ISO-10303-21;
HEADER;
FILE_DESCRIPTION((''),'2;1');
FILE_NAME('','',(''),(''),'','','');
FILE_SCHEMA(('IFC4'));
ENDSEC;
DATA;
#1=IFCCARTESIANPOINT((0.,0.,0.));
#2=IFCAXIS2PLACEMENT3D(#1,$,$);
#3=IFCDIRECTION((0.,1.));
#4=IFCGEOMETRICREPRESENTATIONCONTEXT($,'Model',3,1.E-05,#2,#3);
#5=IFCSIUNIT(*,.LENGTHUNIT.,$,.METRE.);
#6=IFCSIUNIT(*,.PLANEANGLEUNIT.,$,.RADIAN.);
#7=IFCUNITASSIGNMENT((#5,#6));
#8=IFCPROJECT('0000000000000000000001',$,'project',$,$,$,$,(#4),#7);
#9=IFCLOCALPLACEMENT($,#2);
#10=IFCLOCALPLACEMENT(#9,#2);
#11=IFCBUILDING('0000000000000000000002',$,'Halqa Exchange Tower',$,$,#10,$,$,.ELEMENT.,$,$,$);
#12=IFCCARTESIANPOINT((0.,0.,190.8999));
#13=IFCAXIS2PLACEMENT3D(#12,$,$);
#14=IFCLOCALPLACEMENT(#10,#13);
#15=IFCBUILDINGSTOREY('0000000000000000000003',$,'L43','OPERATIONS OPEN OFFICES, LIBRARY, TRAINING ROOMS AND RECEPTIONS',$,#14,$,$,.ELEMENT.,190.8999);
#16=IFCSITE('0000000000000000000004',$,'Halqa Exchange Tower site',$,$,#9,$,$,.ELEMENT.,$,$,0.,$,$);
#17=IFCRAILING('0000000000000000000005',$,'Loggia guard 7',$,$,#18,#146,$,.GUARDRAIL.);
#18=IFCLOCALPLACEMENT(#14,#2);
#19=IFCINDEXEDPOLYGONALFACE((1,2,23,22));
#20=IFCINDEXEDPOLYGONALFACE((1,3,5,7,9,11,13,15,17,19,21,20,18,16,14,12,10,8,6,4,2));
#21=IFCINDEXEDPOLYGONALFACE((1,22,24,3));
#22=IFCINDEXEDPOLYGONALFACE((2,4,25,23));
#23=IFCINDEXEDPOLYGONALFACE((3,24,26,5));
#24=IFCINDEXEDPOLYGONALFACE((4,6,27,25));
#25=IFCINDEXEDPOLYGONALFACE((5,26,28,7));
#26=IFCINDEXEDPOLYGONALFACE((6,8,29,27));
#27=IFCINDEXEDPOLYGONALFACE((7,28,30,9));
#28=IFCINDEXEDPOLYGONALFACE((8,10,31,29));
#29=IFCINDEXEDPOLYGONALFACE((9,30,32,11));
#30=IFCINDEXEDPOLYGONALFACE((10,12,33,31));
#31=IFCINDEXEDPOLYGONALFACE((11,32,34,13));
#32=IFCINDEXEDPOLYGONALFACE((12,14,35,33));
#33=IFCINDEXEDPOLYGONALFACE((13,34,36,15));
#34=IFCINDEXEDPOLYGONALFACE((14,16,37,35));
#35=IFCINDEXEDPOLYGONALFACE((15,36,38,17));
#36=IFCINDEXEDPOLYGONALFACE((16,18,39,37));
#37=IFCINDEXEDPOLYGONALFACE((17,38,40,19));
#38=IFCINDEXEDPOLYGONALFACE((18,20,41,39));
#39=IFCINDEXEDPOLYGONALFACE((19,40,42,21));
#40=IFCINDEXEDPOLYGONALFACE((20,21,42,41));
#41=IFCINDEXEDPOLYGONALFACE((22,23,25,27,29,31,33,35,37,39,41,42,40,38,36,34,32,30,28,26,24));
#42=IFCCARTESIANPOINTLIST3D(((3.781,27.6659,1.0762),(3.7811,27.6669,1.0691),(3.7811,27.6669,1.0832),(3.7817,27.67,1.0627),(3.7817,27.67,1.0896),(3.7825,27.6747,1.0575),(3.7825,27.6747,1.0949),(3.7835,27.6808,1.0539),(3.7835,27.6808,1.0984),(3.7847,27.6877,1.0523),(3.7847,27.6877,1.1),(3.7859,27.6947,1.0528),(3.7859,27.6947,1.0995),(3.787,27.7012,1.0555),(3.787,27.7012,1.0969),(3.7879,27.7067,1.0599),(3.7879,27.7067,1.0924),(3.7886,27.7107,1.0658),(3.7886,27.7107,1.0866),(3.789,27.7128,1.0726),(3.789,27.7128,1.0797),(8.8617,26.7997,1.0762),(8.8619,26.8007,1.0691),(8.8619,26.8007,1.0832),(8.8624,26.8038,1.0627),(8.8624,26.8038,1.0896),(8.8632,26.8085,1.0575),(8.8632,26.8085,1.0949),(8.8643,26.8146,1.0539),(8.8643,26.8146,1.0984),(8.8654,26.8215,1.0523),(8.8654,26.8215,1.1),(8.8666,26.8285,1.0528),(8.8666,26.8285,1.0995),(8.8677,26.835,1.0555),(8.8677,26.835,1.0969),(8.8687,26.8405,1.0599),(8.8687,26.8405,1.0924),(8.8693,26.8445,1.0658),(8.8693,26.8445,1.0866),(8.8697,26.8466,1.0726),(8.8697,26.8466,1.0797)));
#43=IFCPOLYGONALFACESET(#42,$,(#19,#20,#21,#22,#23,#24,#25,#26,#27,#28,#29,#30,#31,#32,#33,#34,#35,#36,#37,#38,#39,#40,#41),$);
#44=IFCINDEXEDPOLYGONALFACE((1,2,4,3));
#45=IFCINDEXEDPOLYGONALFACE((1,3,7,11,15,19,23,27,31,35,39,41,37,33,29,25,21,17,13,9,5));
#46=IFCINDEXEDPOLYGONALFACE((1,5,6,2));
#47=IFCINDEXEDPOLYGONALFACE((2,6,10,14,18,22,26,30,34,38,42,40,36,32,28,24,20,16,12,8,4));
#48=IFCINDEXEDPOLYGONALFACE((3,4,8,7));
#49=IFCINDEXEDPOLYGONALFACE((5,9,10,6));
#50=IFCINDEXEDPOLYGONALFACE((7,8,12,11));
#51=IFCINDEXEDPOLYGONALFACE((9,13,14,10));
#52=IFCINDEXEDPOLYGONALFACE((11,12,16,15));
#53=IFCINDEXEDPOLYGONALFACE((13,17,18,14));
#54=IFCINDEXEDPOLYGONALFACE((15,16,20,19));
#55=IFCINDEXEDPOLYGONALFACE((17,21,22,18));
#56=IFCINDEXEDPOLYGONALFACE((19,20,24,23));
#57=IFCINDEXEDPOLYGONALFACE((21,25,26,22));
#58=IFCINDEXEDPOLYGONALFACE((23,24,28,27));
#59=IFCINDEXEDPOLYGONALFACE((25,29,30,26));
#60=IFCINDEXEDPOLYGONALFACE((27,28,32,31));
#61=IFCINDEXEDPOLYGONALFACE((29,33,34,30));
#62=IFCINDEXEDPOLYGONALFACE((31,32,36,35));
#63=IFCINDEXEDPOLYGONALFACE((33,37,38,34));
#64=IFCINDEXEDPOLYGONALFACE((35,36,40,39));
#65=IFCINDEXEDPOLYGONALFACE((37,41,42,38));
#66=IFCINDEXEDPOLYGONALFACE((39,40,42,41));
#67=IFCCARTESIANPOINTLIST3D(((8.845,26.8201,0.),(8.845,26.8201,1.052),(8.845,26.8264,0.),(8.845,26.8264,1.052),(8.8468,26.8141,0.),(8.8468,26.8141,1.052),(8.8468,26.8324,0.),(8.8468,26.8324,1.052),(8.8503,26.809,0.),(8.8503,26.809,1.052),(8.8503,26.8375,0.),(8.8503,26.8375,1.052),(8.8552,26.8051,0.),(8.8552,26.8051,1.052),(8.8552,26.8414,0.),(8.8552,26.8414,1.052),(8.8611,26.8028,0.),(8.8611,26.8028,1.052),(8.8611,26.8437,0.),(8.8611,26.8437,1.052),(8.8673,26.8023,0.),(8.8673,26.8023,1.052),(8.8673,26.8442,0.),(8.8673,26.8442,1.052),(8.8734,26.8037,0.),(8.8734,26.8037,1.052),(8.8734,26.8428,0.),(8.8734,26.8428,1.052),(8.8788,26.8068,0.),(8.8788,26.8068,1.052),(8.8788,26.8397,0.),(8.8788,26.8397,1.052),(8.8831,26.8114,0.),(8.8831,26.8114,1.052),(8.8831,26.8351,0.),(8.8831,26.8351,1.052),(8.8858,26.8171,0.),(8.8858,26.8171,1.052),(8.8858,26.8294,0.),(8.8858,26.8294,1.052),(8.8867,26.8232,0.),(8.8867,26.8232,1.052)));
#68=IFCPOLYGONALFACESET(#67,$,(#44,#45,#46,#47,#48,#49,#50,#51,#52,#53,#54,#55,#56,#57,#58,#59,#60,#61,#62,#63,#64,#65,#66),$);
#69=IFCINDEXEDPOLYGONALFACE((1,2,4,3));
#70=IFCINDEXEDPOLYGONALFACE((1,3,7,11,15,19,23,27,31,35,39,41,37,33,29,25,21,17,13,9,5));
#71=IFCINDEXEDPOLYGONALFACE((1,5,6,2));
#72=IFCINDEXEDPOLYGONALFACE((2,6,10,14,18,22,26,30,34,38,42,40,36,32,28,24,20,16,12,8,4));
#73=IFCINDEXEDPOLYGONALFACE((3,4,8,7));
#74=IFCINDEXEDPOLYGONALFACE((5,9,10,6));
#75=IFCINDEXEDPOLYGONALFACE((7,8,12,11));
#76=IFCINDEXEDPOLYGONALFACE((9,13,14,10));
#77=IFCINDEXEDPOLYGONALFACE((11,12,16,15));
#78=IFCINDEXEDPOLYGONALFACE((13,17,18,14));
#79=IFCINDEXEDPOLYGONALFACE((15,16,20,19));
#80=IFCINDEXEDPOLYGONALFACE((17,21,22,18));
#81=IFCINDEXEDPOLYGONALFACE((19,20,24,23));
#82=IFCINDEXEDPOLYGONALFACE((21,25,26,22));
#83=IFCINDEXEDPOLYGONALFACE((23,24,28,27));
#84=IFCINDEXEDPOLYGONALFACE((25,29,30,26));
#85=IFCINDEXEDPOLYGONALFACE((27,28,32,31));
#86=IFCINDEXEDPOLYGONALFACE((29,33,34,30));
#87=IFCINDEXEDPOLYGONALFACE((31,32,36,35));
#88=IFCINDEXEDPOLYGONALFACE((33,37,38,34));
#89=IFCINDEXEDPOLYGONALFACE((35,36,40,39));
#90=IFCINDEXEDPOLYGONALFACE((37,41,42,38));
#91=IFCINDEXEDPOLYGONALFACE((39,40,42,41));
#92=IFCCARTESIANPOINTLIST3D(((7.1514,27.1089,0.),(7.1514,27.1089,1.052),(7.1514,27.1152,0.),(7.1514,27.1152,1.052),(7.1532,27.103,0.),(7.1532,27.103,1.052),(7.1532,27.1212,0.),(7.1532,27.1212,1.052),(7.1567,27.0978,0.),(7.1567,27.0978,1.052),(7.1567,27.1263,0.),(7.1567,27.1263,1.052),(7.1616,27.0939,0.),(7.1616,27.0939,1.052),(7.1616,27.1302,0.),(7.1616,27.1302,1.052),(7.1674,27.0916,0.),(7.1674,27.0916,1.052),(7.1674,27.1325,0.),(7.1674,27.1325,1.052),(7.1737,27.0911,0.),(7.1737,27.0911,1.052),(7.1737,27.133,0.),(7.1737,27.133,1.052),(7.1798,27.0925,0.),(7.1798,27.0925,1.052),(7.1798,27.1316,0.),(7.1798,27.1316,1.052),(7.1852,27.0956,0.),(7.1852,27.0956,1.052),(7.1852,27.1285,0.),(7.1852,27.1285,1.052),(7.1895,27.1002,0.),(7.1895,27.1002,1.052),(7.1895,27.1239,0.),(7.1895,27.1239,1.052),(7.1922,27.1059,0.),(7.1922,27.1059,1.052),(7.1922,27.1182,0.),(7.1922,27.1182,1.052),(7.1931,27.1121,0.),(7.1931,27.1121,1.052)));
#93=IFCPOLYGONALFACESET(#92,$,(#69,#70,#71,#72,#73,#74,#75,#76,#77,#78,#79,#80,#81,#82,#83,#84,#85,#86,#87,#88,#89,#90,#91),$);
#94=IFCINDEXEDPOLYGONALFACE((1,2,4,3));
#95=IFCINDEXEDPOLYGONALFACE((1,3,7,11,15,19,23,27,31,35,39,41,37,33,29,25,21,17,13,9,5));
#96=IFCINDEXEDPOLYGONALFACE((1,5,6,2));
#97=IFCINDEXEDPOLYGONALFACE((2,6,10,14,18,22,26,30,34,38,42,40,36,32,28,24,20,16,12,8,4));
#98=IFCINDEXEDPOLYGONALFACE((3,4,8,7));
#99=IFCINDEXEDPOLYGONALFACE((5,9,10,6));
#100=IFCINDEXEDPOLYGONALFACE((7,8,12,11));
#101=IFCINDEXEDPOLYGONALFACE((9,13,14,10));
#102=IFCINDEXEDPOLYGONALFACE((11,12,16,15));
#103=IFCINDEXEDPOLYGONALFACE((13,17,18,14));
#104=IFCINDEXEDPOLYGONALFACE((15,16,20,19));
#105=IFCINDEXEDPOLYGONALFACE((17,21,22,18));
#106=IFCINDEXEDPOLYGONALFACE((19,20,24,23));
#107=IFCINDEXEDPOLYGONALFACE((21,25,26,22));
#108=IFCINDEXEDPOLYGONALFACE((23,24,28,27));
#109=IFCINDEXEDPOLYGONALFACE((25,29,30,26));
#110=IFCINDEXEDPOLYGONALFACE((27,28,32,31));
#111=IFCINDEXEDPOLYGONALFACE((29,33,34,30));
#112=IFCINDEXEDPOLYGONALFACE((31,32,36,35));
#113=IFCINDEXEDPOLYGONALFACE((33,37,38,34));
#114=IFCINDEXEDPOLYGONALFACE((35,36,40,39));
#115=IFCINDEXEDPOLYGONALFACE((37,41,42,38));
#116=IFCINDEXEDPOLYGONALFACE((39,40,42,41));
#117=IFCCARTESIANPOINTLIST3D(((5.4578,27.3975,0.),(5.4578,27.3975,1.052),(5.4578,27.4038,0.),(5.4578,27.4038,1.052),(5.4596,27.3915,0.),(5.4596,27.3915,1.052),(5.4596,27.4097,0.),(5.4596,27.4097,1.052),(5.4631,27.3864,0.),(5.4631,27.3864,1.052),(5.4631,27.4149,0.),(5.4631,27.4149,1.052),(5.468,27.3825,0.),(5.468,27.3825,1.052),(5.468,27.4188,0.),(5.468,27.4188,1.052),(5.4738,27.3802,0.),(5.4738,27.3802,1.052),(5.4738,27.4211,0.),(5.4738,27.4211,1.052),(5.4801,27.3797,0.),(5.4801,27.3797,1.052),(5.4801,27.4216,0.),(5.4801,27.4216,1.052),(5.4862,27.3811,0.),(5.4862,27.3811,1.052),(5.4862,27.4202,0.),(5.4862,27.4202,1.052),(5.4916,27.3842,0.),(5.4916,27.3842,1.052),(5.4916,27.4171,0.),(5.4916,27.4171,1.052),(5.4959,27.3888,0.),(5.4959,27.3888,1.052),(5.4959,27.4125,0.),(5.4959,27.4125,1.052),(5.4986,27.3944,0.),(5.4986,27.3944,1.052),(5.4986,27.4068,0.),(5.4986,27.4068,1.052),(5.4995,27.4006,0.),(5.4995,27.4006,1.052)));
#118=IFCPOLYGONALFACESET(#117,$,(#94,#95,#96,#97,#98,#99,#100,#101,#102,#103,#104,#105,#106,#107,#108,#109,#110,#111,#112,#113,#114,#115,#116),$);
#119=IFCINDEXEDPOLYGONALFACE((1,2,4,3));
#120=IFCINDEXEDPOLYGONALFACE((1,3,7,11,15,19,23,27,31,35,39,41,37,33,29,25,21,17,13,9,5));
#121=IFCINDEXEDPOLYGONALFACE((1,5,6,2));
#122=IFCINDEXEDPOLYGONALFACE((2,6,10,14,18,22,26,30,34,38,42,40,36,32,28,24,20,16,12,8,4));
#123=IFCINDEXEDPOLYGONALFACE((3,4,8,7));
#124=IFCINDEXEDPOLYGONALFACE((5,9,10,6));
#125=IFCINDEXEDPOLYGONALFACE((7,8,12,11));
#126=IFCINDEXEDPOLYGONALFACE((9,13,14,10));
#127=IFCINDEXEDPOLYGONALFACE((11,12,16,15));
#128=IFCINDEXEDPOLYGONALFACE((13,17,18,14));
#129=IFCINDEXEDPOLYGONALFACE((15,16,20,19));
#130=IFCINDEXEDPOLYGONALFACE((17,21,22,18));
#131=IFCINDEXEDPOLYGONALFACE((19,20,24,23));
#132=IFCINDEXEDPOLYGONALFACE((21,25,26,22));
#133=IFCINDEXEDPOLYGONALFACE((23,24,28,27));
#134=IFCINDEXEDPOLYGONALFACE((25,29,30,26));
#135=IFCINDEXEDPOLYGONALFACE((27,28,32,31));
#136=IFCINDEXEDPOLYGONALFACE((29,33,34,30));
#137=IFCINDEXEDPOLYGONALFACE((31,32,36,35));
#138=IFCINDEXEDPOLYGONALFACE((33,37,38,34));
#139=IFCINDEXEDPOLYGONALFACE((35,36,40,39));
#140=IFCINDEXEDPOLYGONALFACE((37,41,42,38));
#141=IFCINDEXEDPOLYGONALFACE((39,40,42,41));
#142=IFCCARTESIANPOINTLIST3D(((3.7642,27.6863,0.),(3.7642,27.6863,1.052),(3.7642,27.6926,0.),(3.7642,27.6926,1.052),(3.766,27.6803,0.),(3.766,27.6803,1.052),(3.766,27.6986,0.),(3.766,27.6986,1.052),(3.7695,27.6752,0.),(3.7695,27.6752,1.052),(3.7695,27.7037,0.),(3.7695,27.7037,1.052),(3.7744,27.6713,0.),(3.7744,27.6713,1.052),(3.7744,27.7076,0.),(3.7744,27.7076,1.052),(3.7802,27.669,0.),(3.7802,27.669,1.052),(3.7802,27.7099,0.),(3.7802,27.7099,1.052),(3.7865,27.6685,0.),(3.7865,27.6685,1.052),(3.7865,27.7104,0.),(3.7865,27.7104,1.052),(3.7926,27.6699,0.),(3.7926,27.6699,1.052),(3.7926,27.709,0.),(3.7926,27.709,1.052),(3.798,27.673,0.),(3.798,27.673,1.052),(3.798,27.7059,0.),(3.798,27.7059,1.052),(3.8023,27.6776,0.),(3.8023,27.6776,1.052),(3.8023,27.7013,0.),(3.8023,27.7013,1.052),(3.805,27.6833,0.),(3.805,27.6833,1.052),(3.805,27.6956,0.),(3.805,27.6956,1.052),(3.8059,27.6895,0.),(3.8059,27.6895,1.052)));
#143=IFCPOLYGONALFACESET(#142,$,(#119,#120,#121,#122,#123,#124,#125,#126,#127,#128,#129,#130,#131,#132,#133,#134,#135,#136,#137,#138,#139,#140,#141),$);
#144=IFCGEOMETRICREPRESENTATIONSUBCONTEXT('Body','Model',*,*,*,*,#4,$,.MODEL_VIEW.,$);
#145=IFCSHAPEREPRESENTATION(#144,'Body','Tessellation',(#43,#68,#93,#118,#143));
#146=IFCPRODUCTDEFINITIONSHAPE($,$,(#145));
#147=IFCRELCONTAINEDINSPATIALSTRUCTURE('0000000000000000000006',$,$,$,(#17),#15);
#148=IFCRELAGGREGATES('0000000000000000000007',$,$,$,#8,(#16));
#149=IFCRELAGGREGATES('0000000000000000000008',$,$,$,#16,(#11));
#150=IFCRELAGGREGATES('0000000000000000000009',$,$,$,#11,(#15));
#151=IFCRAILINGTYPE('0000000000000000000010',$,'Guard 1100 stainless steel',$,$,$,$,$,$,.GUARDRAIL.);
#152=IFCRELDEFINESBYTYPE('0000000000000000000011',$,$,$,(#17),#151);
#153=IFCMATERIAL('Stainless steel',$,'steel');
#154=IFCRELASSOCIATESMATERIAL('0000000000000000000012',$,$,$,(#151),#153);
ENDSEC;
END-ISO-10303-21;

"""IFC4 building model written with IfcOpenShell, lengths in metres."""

from ifc_helpers import new_model, si_unit, direction, frame, origin, origin_2d, place, context, subcontext, project, spatial, circle, extrude, material, type_object, element, save


model = new_model("IFC4")

# Units and contexts
model_context = context("Model", 3, precision=1e-05, world=origin(), true_north=direction((0.0, 1.0)))
body_context = subcontext(model_context, "Body", "Model", "MODEL_VIEW")
ifc_project = project(units=[si_unit("LENGTHUNIT", "METRE"), si_unit("PLANEANGLEUNIT", "RADIAN")], contexts=[model_context])

# Site, building, storey
site_placement = place(None, origin())
site = spatial("IfcSite", under=ifc_project, at=site_placement, Name="Halqa Exchange Tower site", CompositionType="ELEMENT", RefElevation=0.0)
building_placement = place(site_placement, origin())
building = spatial("IfcBuilding", under=site, at=building_placement, Name="Halqa Exchange Tower", CompositionType="ELEMENT")
storey_placement = place(building_placement, frame((0.0, 0.0, 190.8999)))
storey = spatial("IfcBuildingStorey", under=building, at=storey_placement, Name="L43", Description="OPERATIONS OPEN OFFICES, LIBRARY, TRAINING ROOMS AND RECEPTIONS", CompositionType="ELEMENT", Elevation=190.8999)

# Railing
ifc_material_1 = material(Name="Stainless steel", Category="steel")
railing_type_1 = type_object("IfcRailingType", Name="Guard 1100 stainless steel", PredefinedType="GUARDRAIL", material=ifc_material_1)
railing_1_placement = place(storey_placement, frame((8.8657, 26.8232, 0.0)))
element("IfcRailing", 1, at=railing_1_placement, inside=storey, type_object=railing_type_1, Name="Loggia guard 7", PredefinedType="GUARDRAIL", context=body_context, shape_type="SweptSolid", body=[
    extrude(circle(Radius=0.0239, at=origin_2d()), frame((0.0, 0.0, 1.0762), z_axis=(-0.985776, 0.168062, 0.0), x_axis=(-0.168062, -0.985776, 0.0)), (0.0, 0.0, 1.0), 5.1541),
    extrude(circle(Radius=0.021, at=origin_2d()), origin(), (0.0, 0.0, 1.0), 1.052),
    extrude(circle(Radius=0.021, at=origin_2d()), frame((-1.6936, 0.2888, 0.0)), (0.0, 0.0, 1.0), 1.052),
    extrude(circle(Radius=0.021, at=origin_2d()), frame((-3.3872, 0.5774, 0.0)), (0.0, 0.0, 1.0), 1.052),
    extrude(circle(Radius=0.021, at=origin_2d()), frame((-5.0808, 0.8662, 0.0)), (0.0, 0.0, 1.0), 1.052),
])

save(model, "model.ifc")
